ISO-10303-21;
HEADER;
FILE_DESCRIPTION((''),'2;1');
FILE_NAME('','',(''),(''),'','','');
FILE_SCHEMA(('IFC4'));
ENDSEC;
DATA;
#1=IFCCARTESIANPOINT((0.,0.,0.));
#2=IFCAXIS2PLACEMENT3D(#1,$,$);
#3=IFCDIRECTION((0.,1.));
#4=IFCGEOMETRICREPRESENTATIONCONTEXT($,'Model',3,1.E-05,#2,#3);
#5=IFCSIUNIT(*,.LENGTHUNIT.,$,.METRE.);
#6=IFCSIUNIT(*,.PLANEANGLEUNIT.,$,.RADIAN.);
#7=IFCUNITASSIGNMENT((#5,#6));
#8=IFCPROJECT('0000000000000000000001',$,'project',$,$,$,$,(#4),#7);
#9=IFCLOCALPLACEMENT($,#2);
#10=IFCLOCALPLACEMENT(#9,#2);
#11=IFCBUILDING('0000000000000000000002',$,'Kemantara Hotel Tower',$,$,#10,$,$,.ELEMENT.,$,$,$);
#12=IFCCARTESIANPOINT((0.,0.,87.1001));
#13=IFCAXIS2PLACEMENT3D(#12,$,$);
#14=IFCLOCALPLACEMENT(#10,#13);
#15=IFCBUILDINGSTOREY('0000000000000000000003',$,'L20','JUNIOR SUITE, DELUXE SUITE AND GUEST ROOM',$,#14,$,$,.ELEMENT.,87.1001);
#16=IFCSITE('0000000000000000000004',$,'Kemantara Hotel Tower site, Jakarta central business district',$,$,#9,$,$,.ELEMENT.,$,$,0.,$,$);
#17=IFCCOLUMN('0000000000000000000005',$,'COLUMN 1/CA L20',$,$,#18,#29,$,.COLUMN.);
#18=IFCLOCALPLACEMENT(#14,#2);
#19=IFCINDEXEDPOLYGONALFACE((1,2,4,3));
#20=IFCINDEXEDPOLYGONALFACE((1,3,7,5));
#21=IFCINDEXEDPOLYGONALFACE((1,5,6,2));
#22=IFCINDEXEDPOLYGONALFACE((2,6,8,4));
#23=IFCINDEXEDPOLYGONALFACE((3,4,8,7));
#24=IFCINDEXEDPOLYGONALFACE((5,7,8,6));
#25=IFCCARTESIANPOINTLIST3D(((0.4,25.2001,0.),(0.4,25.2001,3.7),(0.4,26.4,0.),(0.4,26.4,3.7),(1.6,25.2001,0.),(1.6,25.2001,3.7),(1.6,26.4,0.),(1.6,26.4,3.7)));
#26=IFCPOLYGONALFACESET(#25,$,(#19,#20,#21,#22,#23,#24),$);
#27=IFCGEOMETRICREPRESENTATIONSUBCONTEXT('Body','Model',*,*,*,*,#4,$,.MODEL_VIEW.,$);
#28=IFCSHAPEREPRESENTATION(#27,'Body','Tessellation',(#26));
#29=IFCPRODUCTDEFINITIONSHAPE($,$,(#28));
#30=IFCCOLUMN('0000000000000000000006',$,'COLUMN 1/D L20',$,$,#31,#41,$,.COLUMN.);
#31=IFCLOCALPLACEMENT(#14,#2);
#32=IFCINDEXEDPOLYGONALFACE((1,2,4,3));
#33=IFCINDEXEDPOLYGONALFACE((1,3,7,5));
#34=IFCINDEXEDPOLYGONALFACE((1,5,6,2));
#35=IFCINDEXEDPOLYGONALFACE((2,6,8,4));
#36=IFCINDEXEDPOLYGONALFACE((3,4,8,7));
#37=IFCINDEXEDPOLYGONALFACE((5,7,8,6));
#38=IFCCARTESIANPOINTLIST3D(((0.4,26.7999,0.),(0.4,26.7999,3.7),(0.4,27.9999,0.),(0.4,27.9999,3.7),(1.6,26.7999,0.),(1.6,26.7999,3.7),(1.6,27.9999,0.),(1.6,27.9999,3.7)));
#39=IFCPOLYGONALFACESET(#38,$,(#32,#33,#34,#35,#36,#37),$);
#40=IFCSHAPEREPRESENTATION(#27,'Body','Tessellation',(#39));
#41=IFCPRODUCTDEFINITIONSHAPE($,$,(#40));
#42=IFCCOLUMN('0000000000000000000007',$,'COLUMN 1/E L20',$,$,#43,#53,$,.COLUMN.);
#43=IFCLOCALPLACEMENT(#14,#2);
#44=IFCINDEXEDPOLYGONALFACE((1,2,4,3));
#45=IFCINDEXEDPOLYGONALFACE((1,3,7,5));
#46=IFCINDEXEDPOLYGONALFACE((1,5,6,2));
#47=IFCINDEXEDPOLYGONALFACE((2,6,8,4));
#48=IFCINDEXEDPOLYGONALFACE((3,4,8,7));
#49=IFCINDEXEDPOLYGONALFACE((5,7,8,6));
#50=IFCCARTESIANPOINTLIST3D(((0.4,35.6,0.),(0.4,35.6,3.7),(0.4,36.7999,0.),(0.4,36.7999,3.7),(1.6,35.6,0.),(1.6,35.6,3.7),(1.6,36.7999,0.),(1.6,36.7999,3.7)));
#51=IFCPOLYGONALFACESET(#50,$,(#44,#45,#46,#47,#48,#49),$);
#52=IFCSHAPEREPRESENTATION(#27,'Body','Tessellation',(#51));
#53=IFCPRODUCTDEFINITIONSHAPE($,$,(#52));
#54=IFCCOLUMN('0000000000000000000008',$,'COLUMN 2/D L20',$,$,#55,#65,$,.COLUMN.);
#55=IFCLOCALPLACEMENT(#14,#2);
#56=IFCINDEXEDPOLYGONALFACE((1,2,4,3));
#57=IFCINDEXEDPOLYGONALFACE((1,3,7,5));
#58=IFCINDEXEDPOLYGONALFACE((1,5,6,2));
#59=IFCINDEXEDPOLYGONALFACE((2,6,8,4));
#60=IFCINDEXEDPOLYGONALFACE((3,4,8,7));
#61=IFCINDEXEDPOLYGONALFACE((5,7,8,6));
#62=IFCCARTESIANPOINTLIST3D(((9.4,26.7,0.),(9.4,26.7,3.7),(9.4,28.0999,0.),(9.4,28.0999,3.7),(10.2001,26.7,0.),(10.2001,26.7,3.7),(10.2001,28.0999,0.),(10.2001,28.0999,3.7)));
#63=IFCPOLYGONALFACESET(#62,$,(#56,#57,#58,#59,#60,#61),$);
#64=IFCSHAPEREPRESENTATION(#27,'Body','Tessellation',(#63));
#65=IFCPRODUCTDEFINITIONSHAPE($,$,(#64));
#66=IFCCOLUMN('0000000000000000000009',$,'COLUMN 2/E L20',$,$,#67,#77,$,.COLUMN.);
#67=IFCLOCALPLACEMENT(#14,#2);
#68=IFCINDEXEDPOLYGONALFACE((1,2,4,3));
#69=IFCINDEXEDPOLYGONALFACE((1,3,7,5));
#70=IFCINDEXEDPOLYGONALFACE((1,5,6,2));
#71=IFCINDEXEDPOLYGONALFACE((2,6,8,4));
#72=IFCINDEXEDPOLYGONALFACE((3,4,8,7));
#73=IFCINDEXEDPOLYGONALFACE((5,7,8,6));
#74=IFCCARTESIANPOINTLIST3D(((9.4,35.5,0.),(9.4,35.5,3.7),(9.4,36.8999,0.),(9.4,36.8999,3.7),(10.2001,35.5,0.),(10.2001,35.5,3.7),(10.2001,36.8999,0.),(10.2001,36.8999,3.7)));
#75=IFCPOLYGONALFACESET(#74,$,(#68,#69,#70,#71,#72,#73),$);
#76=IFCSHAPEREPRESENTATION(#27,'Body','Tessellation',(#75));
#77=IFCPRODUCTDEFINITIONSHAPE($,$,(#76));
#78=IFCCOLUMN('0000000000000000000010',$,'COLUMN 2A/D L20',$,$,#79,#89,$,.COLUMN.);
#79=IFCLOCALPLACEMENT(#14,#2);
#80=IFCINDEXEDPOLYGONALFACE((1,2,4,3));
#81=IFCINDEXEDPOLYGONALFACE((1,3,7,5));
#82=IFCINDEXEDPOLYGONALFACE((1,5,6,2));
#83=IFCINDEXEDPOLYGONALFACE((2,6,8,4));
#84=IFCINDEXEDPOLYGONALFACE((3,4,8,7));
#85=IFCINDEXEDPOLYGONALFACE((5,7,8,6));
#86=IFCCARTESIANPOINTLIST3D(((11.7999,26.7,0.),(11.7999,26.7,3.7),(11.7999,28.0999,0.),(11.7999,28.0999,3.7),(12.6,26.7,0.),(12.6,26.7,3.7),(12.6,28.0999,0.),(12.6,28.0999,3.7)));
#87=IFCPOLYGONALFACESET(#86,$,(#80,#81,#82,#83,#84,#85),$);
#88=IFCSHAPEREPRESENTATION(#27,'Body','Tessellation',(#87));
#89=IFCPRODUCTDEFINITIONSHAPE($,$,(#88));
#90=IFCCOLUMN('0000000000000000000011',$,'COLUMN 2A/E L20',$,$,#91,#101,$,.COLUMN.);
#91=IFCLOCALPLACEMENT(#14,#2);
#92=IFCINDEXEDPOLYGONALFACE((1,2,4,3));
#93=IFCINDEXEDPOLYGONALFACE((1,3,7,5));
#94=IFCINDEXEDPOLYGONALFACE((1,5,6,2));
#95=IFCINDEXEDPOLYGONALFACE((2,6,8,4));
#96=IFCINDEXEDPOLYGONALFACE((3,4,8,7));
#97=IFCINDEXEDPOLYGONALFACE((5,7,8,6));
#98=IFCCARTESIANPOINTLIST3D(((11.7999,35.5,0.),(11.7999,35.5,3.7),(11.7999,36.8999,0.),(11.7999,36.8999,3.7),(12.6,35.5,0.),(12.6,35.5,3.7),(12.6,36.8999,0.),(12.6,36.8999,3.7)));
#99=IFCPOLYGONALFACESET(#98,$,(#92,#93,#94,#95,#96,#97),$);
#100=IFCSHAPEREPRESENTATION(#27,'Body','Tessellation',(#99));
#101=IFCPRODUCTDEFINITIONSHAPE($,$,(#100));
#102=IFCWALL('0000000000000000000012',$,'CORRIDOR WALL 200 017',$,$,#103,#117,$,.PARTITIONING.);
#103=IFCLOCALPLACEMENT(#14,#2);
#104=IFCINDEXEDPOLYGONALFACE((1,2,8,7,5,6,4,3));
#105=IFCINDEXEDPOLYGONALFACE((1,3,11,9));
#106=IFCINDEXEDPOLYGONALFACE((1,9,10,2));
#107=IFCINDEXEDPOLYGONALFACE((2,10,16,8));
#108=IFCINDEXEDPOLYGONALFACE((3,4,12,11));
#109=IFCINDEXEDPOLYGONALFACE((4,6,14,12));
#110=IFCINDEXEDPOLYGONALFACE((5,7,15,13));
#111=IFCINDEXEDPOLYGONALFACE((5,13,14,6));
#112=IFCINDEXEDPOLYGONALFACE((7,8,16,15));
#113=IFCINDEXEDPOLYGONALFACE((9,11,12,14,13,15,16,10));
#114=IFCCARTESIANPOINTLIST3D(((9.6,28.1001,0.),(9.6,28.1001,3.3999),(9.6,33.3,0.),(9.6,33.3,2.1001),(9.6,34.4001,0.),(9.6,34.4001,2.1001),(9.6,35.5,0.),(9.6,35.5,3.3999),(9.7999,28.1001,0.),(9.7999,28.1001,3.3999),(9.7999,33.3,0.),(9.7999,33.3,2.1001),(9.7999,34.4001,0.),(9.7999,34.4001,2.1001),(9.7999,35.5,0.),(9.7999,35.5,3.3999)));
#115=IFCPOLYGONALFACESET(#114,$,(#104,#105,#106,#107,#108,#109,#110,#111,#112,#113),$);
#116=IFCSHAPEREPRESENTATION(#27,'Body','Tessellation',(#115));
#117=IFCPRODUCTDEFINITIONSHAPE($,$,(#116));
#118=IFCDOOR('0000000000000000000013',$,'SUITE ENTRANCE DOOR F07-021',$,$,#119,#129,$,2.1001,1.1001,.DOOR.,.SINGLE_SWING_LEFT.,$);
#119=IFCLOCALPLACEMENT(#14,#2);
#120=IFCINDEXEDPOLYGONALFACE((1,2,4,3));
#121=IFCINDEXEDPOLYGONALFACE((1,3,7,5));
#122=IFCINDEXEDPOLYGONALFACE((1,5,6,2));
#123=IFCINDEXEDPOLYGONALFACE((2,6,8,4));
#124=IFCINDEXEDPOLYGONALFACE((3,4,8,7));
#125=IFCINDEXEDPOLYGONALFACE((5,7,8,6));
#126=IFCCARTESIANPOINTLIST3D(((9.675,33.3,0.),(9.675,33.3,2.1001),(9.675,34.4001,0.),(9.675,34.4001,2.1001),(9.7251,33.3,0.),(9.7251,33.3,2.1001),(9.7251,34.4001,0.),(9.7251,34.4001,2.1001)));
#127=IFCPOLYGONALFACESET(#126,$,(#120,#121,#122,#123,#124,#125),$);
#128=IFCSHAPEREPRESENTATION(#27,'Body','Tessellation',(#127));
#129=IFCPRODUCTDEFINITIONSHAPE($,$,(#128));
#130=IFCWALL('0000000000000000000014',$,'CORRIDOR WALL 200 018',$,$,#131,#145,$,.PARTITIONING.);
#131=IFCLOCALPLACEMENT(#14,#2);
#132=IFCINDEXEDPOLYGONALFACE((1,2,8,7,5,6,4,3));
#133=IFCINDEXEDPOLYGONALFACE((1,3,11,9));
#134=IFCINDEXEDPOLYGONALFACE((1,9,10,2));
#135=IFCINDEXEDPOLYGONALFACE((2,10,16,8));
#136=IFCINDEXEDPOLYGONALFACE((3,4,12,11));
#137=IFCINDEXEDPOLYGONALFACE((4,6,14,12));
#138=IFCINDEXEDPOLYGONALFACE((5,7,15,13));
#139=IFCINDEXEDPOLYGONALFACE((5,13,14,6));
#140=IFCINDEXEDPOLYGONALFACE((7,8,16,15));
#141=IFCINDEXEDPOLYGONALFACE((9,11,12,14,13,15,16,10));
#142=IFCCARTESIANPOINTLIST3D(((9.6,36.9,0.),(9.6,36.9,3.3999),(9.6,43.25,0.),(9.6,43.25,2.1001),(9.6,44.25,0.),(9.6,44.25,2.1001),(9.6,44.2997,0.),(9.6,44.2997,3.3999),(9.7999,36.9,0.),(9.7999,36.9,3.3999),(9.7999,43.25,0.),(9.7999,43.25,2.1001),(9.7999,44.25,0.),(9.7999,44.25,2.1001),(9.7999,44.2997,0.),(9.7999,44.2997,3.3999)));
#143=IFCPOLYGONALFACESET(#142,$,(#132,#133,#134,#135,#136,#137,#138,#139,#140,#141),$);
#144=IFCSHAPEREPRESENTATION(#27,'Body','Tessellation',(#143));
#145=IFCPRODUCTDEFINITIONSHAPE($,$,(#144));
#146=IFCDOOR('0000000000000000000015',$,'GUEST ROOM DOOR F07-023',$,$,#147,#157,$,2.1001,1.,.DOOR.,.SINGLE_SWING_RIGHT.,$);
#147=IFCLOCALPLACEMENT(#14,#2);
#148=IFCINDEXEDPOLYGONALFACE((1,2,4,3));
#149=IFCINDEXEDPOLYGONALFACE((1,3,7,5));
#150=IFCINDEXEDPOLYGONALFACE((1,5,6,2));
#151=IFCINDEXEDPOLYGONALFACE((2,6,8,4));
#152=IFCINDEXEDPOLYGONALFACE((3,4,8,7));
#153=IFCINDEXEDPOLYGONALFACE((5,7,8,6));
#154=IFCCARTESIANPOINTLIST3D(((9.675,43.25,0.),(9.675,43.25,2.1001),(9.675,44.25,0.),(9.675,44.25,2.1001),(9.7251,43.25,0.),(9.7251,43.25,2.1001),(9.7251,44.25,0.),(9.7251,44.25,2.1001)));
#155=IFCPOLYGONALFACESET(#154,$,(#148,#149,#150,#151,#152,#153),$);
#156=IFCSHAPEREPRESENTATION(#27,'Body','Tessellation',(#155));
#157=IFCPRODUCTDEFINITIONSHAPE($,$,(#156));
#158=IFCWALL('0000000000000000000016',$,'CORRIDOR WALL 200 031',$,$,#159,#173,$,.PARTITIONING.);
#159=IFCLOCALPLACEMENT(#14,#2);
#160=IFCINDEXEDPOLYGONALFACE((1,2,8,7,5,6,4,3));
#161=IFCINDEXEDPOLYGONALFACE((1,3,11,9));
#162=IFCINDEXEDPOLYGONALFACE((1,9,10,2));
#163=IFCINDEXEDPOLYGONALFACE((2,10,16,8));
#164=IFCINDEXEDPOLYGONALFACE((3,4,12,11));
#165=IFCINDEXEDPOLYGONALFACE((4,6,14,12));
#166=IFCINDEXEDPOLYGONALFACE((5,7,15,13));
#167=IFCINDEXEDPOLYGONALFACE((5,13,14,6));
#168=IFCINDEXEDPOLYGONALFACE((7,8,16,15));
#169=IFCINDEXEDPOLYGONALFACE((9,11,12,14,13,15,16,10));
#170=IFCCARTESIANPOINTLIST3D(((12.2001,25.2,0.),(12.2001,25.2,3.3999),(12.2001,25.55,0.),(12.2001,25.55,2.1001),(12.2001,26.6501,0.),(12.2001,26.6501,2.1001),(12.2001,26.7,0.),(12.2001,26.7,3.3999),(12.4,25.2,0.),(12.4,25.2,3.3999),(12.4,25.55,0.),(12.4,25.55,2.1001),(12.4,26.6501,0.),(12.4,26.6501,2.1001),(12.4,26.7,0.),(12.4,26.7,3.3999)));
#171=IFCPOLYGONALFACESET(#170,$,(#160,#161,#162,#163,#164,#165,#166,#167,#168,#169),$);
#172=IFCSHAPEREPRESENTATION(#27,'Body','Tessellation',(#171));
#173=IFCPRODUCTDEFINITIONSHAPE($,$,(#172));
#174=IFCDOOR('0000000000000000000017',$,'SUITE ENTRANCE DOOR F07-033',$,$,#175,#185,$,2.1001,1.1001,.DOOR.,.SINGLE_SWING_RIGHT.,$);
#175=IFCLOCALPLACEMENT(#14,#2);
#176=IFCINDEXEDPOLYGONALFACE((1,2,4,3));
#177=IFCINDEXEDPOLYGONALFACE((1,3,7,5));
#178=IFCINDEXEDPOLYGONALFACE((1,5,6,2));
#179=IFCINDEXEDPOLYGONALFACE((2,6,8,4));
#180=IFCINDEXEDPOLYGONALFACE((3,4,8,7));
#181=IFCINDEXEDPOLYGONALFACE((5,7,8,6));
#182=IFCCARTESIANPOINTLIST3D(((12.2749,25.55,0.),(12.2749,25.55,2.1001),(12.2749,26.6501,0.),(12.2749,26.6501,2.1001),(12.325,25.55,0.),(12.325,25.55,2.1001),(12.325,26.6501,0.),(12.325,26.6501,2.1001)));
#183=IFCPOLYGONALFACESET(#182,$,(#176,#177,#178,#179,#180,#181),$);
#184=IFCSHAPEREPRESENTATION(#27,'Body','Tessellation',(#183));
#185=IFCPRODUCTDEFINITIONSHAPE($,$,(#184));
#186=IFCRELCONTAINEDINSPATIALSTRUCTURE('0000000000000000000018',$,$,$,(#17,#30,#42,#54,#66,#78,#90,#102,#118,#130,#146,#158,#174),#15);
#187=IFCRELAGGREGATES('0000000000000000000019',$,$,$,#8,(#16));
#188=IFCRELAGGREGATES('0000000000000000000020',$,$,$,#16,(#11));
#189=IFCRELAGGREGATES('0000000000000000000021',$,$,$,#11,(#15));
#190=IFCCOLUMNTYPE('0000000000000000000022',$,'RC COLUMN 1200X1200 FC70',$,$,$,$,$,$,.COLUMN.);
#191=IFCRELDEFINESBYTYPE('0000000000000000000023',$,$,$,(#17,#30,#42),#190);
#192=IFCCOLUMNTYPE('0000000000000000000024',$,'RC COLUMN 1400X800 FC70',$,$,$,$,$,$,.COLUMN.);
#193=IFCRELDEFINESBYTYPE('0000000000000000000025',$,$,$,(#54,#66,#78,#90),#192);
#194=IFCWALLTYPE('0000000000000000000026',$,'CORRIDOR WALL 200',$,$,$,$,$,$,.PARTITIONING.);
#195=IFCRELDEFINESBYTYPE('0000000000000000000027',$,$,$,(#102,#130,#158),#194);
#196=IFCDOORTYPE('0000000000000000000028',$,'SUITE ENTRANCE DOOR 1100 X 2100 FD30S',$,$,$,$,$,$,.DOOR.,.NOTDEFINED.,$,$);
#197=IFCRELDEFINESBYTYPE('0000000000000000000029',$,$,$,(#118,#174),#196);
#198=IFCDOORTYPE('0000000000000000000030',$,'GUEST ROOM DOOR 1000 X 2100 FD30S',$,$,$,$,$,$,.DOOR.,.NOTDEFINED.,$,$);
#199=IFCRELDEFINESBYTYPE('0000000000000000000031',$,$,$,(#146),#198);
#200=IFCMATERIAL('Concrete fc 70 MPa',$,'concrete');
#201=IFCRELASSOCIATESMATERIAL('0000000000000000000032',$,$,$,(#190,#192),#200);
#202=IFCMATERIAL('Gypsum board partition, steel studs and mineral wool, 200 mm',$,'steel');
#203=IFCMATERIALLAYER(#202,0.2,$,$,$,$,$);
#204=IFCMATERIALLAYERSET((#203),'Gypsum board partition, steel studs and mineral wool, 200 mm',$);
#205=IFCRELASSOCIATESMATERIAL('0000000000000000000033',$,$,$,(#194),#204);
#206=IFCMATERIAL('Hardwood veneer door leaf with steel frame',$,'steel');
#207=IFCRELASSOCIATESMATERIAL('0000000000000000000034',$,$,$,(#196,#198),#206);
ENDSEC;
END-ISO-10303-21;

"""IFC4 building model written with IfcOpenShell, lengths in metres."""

from ifc_helpers import new_model, si_unit, direction, frame, frame_2d, origin, origin_2d, place, context, subcontext, project, spatial, rectangle, extrude, material, layer, layer_set, material_profile, profile_set, type_object, element, fill, save


model = new_model("IFC4")

# Units and contexts
model_context = context("Model", 3, precision=1e-05, world=origin(), true_north=direction((0.0, 1.0)))
body_context = subcontext(model_context, "Body", "Model", "MODEL_VIEW")
ifc_project = project(units=[si_unit("LENGTHUNIT", "METRE"), si_unit("PLANEANGLEUNIT", "RADIAN")], contexts=[model_context])

# Site, building, storey
site_placement = place(None, origin())
site = spatial("IfcSite", under=ifc_project, at=site_placement, Name="Kemantara Hotel Tower site, Jakarta central business district", CompositionType="ELEMENT", RefElevation=0.0)
building_placement = place(site_placement, origin())
building = spatial("IfcBuilding", under=site, at=building_placement, Name="Kemantara Hotel Tower", CompositionType="ELEMENT")
storey_placement = place(building_placement, frame((0.0, 0.0, 87.1001)))
storey = spatial("IfcBuildingStorey", under=building, at=storey_placement, Name="L20", Description="JUNIOR SUITE, DELUXE SUITE AND GUEST ROOM", CompositionType="ELEMENT", Elevation=87.1001)

# Columns
ifc_material_1 = material(Name="Concrete fc 70 MPa", Category="concrete")
ifc_material_profile_1 = material_profile(ifc_material_1, rectangle(XDim=1.2, YDim=1.2, at=origin_2d()), Name="RC 1200X1200")
ifc_profile_set_1 = profile_set([ifc_material_profile_1], Name="Concrete fc 70 MPa")
column_type_1 = type_object("IfcColumnType", Name="RC COLUMN 1200X1200 FC70", PredefinedType="COLUMN", material=ifc_profile_set_1)
for number, where, z_axis, x_axis, name in (
    (1, (1.0, 25.8, 0.0), (0.0, 0.0, 1.0), (1.0, 0.0, 0.0), "COLUMN 1/CA L20"),
    (2, (1.0, 27.3999, 0.0), (0.0, 0.0, 1.0), (1.0, 0.0, 0.0), "COLUMN 1/D L20"),
    (3, (1.0, 36.2, 0.0), (0.0, 0.0, 1.0), (1.0, 0.0, 0.0), "COLUMN 1/E L20"),
):
    element("IfcColumn", number, at=place(storey_placement, frame(where, z_axis=z_axis, x_axis=x_axis)), inside=storey, type_object=column_type_1, Name=name, PredefinedType="COLUMN", context=body_context, shape_type="SweptSolid", body=[
        extrude(rectangle(XDim=1.2, YDim=1.2, at=origin_2d()), origin(), (0.0, 0.0, 1.0), 3.7),
    ])
ifc_material_profile_2 = material_profile(ifc_material_1, rectangle(XDim=1.3999, YDim=0.8, at=origin_2d()), Name="RC 1400X800")
ifc_profile_set_2 = profile_set([ifc_material_profile_2], Name="Concrete fc 70 MPa")
column_type_2 = type_object("IfcColumnType", Name="RC COLUMN 1400X800 FC70", PredefinedType="COLUMN", material=ifc_profile_set_2)
for number, where, z_axis, x_axis, name in (
    (4, (9.8, 27.3999, 0.0), (0.0, 0.0, 1.0), (0.0, 1.0, 0.0), "COLUMN 2/D L20"),
    (5, (9.8, 36.2, 0.0), (0.0, 0.0, 1.0), (0.0, 1.0, 0.0), "COLUMN 2/E L20"),
    (6, (12.2, 27.3999, 0.0), (0.0, 0.0, 1.0), (0.0, 1.0, 0.0), "COLUMN 2A/D L20"),
    (7, (12.2, 36.2, 0.0), (0.0, 0.0, 1.0), (0.0, 1.0, 0.0), "COLUMN 2A/E L20"),
):
    element("IfcColumn", number, at=place(storey_placement, frame(where, z_axis=z_axis, x_axis=x_axis)), inside=storey, type_object=column_type_2, Name=name, PredefinedType="COLUMN", context=body_context, shape_type="SweptSolid", body=[
        extrude(rectangle(XDim=1.3999, YDim=0.8, at=origin_2d()), origin(), (0.0, 0.0, 1.0), 3.7),
    ])

# Walls, openings, doors
ifc_material_2 = material(Name="Gypsum board partition, steel studs and mineral wool, 200 mm", Category="steel")
ifc_layer_1 = layer(ifc_material_2, 0.2)
ifc_layer_set_1 = layer_set([ifc_layer_1], Name="Gypsum board partition, steel studs and mineral wool, 200 mm")
wall_type_1 = type_object("IfcWallType", Name="CORRIDOR WALL 200", PredefinedType="PARTITIONING", material=ifc_layer_set_1)
wall_1_placement = place(storey_placement, frame((9.7, 28.1001, 0.0), z_axis=(0.0, 0.0, 1.0), x_axis=(0.0, 1.0, 0.0)))
wall_1 = element("IfcWall", 8, at=wall_1_placement, inside=storey, type_object=wall_type_1, Name="CORRIDOR WALL 200 017", PredefinedType="PARTITIONING", context=body_context, shape_type="SweptSolid", body=[
    extrude(rectangle(XDim=7.3999, YDim=0.2, at=frame_2d((3.7, 0.0))), origin(), (0.0, 0.0, 1.0), 3.3999),
])
opening_1_placement = place(wall_1_placement, frame((5.2, 0.0, 0.0)))
opening_1 = element("IfcOpeningElement", 9, at=opening_1_placement, cuts=wall_1, PredefinedType="OPENING", context=body_context, shape_type="SweptSolid", body=[
    extrude(rectangle(XDim=1.1001, YDim=2.1001, at=frame_2d((0.55, 1.05))), frame((0.0, 0.1099, 0.0), z_axis=(0.0, -1.0, 0.0), x_axis=(1.0, 0.0, 0.0)), (0.0, 0.0, 1.0), 0.22),
])
ifc_material_3 = material(Name="Hardwood veneer door leaf with steel frame", Category="steel")
door_type_1 = type_object("IfcDoorType", Name="SUITE ENTRANCE DOOR 1100 X 2100 FD30S", OperationType="NOTDEFINED", PredefinedType="DOOR", material=ifc_material_3)
door_1_placement = place(opening_1_placement, origin())
door_1 = element("IfcDoor", 10, at=door_1_placement, inside=storey, type_object=door_type_1, Name="SUITE ENTRANCE DOOR F07-021", OperationType="SINGLE_SWING_LEFT", OverallHeight=2.1001, OverallWidth=1.1001, PredefinedType="DOOR", context=body_context, shape_type="SweptSolid", body=[
    extrude(rectangle(XDim=1.1001, YDim=2.1001, at=frame_2d((0.55, 1.05))), frame((0.0, 0.0249, 0.0), z_axis=(0.0, -1.0, 0.0), x_axis=(1.0, 0.0, 0.0)), (0.0, 0.0, 1.0), 0.05),
])
fill(opening_1, door_1)
wall_2_placement = place(storey_placement, frame((9.7, 36.9001, 0.0), z_axis=(0.0, 0.0, 1.0), x_axis=(0.0, 1.0, 0.0)))
wall_2 = element("IfcWall", 11, at=wall_2_placement, inside=storey, type_object=wall_type_1, Name="CORRIDOR WALL 200 018", PredefinedType="PARTITIONING", context=body_context, shape_type="SweptSolid", body=[
    extrude(rectangle(XDim=7.3997, YDim=0.2, at=frame_2d((3.6997, 0.0))), origin(), (0.0, 0.0, 1.0), 3.3999),
])
opening_2_placement = place(wall_2_placement, frame((6.3499, 0.0, 0.0)))
opening_2 = element("IfcOpeningElement", 12, at=opening_2_placement, cuts=wall_2, PredefinedType="OPENING", context=body_context, shape_type="SweptSolid", body=[
    extrude(rectangle(XDim=1.0, YDim=2.1001, at=frame_2d((0.5, 1.05))), frame((0.0, 0.1099, 0.0), z_axis=(0.0, -1.0, 0.0), x_axis=(1.0, 0.0, 0.0)), (0.0, 0.0, 1.0), 0.22),
])
door_type_2 = type_object("IfcDoorType", Name="GUEST ROOM DOOR 1000 X 2100 FD30S", OperationType="NOTDEFINED", PredefinedType="DOOR", material=ifc_material_3)
door_2_placement = place(opening_2_placement, origin())
door_2 = element("IfcDoor", 13, at=door_2_placement, inside=storey, type_object=door_type_2, Name="GUEST ROOM DOOR F07-023", OperationType="SINGLE_SWING_RIGHT", OverallHeight=2.1001, OverallWidth=1.0, PredefinedType="DOOR", context=body_context, shape_type="SweptSolid", body=[
    extrude(rectangle(XDim=1.0, YDim=2.1001, at=frame_2d((0.5, 1.05))), frame((0.0, 0.0249, 0.0), z_axis=(0.0, -1.0, 0.0), x_axis=(1.0, 0.0, 0.0)), (0.0, 0.0, 1.0), 0.05),
])
fill(opening_2, door_2)
wall_3_placement = place(storey_placement, frame((12.3, 26.7, 0.0), z_axis=(0.0, 0.0, 1.0), x_axis=(0.0, -1.0, 0.0)))
wall_3 = element("IfcWall", 14, at=wall_3_placement, inside=storey, type_object=wall_type_1, Name="CORRIDOR WALL 200 031", PredefinedType="PARTITIONING", context=body_context, shape_type="SweptSolid", body=[
    extrude(rectangle(XDim=1.5, YDim=0.2, at=frame_2d((0.75, 0.0))), origin(), (0.0, 0.0, 1.0), 3.3999),
])
opening_3_placement = place(wall_3_placement, frame((0.0498, 0.0, 0.0)))
opening_3 = element("IfcOpeningElement", 15, at=opening_3_placement, cuts=wall_3, PredefinedType="OPENING", context=body_context, shape_type="SweptSolid", body=[
    extrude(rectangle(XDim=1.1001, YDim=2.1001, at=frame_2d((0.55, 1.05))), frame((0.0, 0.1099, 0.0), z_axis=(0.0, -1.0, 0.0), x_axis=(1.0, 0.0, 0.0)), (0.0, 0.0, 1.0), 0.22),
])
door_3_placement = place(opening_3_placement, origin())
door_3 = element("IfcDoor", 16, at=door_3_placement, inside=storey, type_object=door_type_1, Name="SUITE ENTRANCE DOOR F07-033", OperationType="SINGLE_SWING_RIGHT", OverallHeight=2.1001, OverallWidth=1.1001, PredefinedType="DOOR", context=body_context, shape_type="SweptSolid", body=[
    extrude(rectangle(XDim=1.1001, YDim=2.1001, at=frame_2d((0.55, 1.05))), frame((0.0, 0.0249, 0.0), z_axis=(0.0, -1.0, 0.0), x_axis=(1.0, 0.0, 0.0)), (0.0, 0.0, 1.0), 0.05),
])
fill(opening_3, door_3)

save(model, "model.ifc")
